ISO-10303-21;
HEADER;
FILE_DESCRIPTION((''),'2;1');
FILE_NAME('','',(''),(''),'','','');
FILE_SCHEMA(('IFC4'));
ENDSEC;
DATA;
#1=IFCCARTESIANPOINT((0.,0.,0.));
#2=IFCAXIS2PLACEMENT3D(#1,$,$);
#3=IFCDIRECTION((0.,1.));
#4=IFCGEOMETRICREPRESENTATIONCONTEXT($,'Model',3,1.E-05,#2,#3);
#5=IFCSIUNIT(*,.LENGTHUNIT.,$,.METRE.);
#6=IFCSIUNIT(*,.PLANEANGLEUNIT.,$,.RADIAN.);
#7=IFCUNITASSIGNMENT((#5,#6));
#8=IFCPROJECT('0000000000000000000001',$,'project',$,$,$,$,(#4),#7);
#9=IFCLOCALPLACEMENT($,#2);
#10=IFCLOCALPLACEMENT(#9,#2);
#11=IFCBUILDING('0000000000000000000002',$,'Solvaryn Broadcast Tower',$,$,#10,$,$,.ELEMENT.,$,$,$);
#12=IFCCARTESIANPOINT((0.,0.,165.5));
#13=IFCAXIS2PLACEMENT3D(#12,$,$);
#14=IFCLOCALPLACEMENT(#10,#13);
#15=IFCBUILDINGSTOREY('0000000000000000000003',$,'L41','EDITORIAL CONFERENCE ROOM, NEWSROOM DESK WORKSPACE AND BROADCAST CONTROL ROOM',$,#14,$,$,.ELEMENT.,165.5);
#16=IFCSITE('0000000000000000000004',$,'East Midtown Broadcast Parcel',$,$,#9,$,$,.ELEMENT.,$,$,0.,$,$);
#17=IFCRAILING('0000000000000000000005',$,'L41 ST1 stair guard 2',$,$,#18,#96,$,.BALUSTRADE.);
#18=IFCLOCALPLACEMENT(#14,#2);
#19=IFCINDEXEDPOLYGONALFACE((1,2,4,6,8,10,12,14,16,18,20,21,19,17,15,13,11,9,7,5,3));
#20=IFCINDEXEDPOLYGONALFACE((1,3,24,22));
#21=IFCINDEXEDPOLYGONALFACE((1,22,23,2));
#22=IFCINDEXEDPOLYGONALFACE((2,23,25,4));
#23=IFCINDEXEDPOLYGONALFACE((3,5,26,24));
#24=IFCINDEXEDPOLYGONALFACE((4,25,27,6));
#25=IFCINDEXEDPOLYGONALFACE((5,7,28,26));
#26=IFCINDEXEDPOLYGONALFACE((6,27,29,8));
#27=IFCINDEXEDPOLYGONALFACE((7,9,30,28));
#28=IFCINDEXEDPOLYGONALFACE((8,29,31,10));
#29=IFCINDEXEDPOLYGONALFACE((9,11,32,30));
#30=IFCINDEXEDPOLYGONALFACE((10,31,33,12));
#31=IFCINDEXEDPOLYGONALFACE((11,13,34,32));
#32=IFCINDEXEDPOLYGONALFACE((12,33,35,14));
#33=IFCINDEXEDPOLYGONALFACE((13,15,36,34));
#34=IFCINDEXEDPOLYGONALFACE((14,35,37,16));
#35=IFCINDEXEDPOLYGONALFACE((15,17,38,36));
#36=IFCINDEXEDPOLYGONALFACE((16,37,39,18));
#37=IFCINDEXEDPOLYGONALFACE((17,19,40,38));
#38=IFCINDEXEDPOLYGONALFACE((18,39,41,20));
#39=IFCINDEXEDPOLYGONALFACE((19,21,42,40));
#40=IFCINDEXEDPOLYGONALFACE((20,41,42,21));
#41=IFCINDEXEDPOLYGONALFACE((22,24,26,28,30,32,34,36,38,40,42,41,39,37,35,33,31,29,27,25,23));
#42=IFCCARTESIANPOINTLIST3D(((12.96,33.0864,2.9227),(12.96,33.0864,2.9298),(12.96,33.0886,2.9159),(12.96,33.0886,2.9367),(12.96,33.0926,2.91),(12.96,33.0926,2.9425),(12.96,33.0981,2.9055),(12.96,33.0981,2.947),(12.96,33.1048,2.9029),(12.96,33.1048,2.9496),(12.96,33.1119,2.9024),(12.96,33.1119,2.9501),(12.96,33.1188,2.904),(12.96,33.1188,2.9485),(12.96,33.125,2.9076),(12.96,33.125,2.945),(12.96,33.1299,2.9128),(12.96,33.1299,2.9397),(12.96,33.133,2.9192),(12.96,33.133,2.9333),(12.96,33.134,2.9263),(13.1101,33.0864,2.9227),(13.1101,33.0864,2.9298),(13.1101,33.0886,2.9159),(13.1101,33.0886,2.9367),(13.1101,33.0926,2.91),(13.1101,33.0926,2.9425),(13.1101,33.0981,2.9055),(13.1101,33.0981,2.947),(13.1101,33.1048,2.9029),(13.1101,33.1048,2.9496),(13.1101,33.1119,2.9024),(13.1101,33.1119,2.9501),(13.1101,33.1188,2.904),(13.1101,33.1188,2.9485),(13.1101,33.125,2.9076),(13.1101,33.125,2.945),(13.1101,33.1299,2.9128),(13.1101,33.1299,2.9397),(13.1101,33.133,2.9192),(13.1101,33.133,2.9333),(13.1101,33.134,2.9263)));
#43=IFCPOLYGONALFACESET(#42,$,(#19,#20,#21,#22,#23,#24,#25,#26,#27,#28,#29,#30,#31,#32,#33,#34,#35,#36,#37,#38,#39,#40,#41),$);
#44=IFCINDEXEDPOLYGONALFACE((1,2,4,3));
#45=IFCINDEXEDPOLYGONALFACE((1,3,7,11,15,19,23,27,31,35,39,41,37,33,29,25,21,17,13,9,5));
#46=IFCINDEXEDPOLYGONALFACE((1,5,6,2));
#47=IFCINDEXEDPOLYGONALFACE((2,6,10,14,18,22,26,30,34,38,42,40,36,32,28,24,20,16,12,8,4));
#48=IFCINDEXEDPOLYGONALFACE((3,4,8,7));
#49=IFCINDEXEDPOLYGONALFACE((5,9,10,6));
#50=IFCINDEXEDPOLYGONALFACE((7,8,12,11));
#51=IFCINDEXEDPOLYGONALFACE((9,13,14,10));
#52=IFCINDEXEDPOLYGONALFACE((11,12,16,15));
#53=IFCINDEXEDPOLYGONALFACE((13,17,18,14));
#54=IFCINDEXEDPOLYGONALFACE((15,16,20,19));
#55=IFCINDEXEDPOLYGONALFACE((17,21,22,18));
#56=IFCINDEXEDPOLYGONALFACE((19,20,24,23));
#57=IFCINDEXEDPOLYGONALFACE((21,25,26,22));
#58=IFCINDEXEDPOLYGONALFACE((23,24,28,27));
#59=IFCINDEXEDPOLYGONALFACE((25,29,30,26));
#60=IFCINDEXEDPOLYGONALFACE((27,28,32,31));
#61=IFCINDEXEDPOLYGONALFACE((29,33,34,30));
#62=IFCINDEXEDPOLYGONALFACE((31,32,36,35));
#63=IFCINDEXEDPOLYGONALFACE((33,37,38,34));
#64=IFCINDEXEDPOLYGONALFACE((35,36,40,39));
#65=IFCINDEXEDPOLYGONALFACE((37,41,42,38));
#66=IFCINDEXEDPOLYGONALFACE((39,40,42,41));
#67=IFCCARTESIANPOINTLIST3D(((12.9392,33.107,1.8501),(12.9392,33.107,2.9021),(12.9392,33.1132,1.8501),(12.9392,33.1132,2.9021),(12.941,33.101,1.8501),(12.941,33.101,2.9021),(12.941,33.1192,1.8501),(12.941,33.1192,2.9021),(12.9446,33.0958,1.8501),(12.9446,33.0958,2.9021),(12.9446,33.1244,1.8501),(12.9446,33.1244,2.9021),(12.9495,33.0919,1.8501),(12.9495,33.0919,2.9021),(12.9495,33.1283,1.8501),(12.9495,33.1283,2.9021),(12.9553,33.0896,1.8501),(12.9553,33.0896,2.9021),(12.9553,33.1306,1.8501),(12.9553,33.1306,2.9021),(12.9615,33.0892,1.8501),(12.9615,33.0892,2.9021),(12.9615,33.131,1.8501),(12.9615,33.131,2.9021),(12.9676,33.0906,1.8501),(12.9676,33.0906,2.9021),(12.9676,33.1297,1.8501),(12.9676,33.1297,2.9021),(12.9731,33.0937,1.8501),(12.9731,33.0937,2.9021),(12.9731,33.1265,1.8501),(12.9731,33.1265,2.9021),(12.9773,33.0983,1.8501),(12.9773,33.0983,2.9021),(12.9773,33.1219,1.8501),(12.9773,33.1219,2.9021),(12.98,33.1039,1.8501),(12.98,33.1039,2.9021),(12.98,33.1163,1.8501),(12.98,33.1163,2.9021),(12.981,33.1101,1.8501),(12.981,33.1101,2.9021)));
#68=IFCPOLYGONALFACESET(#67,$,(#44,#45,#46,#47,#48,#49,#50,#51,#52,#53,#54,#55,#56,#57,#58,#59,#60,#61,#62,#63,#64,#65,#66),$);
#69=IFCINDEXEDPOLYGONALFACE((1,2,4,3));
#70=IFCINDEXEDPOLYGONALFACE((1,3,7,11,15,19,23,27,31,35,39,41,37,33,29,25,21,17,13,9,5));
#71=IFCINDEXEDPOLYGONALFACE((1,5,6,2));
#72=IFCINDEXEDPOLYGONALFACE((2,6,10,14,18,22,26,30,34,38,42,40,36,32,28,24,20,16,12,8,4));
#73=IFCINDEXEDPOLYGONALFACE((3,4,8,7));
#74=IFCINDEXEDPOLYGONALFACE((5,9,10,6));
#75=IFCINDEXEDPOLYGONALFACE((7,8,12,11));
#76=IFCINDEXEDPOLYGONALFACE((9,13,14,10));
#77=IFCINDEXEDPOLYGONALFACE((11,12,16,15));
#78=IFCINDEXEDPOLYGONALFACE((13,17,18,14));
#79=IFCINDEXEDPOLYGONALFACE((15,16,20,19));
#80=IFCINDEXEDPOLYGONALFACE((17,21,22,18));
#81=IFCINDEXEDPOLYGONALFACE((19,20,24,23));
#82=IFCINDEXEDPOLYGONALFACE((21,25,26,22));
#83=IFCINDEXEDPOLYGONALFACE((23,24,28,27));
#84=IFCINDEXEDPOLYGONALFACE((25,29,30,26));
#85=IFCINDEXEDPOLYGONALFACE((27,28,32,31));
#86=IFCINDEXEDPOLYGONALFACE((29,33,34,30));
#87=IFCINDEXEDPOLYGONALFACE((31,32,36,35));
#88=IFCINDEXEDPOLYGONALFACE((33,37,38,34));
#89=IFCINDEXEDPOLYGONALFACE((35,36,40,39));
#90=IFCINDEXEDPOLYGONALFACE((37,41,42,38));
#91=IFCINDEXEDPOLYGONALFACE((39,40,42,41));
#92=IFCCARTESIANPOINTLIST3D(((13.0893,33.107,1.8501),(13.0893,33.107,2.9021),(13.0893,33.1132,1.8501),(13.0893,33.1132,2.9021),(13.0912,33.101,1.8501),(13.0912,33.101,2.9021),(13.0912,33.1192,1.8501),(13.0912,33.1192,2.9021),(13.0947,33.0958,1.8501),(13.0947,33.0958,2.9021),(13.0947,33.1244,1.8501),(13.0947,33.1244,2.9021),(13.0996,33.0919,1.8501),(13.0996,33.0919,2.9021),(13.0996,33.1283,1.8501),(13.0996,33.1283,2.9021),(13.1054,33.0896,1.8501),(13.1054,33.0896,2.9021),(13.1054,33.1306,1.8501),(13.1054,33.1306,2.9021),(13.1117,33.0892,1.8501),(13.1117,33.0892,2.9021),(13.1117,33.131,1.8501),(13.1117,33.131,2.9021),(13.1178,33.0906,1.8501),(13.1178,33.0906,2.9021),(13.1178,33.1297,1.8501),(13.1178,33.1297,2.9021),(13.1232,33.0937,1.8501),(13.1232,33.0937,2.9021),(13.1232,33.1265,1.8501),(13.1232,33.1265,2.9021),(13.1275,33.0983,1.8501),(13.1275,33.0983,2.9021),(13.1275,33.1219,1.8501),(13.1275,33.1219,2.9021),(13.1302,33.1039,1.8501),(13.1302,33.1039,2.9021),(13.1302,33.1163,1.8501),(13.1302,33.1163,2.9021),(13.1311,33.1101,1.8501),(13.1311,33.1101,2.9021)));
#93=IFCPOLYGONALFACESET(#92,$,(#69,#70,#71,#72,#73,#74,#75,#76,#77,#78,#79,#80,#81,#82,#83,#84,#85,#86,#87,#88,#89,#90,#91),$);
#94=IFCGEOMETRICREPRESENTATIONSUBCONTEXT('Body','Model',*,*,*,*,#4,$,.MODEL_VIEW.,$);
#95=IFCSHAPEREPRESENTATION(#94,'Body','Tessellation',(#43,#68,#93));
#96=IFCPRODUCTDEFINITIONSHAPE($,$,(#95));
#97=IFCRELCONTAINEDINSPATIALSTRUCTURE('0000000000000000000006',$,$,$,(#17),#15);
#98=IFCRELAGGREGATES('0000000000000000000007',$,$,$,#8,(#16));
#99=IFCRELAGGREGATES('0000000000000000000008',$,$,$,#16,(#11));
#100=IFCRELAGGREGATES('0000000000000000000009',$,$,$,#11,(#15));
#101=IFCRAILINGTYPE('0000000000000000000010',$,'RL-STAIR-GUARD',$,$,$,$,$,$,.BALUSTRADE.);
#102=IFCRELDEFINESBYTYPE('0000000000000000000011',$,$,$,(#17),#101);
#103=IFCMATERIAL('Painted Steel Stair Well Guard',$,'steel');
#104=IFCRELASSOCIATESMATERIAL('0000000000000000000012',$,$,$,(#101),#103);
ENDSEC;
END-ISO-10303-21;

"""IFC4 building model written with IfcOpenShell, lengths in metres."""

from ifc_helpers import new_model, si_unit, direction, frame, origin, origin_2d, place, context, subcontext, project, spatial, circle, extrude, material, type_object, element, save


model = new_model("IFC4")

# Units and contexts
model_context = context("Model", 3, precision=1e-05, world=origin(), true_north=direction((0.0, 1.0)))
body_context = subcontext(model_context, "Body", "Model", "MODEL_VIEW")
ifc_project = project(units=[si_unit("LENGTHUNIT", "METRE"), si_unit("PLANEANGLEUNIT", "RADIAN")], contexts=[model_context])

# Site, building, storey
site_placement = place(None, origin())
site = spatial("IfcSite", under=ifc_project, at=site_placement, Name="East Midtown Broadcast Parcel", CompositionType="ELEMENT", RefElevation=0.0)
building_placement = place(site_placement, origin())
building = spatial("IfcBuilding", under=site, at=building_placement, Name="Solvaryn Broadcast Tower", CompositionType="ELEMENT")
storey_placement = place(building_placement, frame((0.0, 0.0, 165.5)))
storey = spatial("IfcBuildingStorey", under=building, at=storey_placement, Name="L41", Description="EDITORIAL CONFERENCE ROOM, NEWSROOM DESK WORKSPACE AND BROADCAST CONTROL ROOM", CompositionType="ELEMENT", Elevation=165.5)

# Railing
ifc_material_1 = material(Name="Painted Steel Stair Well Guard", Category="steel")
railing_type_1 = type_object("IfcRailingType", Name="RL-STAIR-GUARD", PredefinedType="BALUSTRADE", material=ifc_material_1)
railing_1_placement = place(storey_placement, frame((12.96, 33.1101, 1.8501)))
element("IfcRailing", 1, at=railing_1_placement, inside=storey, type_object=railing_type_1, Name="L41 ST1 stair guard 2", PredefinedType="BALUSTRADE", context=body_context, shape_type="SweptSolid", body=[
    extrude(circle(Radius=0.0239, at=origin_2d()), frame((0.0, 0.0, 1.0762), z_axis=(1.0, 0.0, 0.0), x_axis=(0.0, 1.0, 0.0)), (0.0, 0.0, 1.0), 0.1501),
    extrude(circle(Radius=0.021, at=origin_2d()), origin(), (0.0, 0.0, 1.0), 1.052),
    extrude(circle(Radius=0.021, at=origin_2d()), frame((0.1501, 0.0, 0.0)), (0.0, 0.0, 1.0), 1.052),
])

save(model, "model.ifc")
